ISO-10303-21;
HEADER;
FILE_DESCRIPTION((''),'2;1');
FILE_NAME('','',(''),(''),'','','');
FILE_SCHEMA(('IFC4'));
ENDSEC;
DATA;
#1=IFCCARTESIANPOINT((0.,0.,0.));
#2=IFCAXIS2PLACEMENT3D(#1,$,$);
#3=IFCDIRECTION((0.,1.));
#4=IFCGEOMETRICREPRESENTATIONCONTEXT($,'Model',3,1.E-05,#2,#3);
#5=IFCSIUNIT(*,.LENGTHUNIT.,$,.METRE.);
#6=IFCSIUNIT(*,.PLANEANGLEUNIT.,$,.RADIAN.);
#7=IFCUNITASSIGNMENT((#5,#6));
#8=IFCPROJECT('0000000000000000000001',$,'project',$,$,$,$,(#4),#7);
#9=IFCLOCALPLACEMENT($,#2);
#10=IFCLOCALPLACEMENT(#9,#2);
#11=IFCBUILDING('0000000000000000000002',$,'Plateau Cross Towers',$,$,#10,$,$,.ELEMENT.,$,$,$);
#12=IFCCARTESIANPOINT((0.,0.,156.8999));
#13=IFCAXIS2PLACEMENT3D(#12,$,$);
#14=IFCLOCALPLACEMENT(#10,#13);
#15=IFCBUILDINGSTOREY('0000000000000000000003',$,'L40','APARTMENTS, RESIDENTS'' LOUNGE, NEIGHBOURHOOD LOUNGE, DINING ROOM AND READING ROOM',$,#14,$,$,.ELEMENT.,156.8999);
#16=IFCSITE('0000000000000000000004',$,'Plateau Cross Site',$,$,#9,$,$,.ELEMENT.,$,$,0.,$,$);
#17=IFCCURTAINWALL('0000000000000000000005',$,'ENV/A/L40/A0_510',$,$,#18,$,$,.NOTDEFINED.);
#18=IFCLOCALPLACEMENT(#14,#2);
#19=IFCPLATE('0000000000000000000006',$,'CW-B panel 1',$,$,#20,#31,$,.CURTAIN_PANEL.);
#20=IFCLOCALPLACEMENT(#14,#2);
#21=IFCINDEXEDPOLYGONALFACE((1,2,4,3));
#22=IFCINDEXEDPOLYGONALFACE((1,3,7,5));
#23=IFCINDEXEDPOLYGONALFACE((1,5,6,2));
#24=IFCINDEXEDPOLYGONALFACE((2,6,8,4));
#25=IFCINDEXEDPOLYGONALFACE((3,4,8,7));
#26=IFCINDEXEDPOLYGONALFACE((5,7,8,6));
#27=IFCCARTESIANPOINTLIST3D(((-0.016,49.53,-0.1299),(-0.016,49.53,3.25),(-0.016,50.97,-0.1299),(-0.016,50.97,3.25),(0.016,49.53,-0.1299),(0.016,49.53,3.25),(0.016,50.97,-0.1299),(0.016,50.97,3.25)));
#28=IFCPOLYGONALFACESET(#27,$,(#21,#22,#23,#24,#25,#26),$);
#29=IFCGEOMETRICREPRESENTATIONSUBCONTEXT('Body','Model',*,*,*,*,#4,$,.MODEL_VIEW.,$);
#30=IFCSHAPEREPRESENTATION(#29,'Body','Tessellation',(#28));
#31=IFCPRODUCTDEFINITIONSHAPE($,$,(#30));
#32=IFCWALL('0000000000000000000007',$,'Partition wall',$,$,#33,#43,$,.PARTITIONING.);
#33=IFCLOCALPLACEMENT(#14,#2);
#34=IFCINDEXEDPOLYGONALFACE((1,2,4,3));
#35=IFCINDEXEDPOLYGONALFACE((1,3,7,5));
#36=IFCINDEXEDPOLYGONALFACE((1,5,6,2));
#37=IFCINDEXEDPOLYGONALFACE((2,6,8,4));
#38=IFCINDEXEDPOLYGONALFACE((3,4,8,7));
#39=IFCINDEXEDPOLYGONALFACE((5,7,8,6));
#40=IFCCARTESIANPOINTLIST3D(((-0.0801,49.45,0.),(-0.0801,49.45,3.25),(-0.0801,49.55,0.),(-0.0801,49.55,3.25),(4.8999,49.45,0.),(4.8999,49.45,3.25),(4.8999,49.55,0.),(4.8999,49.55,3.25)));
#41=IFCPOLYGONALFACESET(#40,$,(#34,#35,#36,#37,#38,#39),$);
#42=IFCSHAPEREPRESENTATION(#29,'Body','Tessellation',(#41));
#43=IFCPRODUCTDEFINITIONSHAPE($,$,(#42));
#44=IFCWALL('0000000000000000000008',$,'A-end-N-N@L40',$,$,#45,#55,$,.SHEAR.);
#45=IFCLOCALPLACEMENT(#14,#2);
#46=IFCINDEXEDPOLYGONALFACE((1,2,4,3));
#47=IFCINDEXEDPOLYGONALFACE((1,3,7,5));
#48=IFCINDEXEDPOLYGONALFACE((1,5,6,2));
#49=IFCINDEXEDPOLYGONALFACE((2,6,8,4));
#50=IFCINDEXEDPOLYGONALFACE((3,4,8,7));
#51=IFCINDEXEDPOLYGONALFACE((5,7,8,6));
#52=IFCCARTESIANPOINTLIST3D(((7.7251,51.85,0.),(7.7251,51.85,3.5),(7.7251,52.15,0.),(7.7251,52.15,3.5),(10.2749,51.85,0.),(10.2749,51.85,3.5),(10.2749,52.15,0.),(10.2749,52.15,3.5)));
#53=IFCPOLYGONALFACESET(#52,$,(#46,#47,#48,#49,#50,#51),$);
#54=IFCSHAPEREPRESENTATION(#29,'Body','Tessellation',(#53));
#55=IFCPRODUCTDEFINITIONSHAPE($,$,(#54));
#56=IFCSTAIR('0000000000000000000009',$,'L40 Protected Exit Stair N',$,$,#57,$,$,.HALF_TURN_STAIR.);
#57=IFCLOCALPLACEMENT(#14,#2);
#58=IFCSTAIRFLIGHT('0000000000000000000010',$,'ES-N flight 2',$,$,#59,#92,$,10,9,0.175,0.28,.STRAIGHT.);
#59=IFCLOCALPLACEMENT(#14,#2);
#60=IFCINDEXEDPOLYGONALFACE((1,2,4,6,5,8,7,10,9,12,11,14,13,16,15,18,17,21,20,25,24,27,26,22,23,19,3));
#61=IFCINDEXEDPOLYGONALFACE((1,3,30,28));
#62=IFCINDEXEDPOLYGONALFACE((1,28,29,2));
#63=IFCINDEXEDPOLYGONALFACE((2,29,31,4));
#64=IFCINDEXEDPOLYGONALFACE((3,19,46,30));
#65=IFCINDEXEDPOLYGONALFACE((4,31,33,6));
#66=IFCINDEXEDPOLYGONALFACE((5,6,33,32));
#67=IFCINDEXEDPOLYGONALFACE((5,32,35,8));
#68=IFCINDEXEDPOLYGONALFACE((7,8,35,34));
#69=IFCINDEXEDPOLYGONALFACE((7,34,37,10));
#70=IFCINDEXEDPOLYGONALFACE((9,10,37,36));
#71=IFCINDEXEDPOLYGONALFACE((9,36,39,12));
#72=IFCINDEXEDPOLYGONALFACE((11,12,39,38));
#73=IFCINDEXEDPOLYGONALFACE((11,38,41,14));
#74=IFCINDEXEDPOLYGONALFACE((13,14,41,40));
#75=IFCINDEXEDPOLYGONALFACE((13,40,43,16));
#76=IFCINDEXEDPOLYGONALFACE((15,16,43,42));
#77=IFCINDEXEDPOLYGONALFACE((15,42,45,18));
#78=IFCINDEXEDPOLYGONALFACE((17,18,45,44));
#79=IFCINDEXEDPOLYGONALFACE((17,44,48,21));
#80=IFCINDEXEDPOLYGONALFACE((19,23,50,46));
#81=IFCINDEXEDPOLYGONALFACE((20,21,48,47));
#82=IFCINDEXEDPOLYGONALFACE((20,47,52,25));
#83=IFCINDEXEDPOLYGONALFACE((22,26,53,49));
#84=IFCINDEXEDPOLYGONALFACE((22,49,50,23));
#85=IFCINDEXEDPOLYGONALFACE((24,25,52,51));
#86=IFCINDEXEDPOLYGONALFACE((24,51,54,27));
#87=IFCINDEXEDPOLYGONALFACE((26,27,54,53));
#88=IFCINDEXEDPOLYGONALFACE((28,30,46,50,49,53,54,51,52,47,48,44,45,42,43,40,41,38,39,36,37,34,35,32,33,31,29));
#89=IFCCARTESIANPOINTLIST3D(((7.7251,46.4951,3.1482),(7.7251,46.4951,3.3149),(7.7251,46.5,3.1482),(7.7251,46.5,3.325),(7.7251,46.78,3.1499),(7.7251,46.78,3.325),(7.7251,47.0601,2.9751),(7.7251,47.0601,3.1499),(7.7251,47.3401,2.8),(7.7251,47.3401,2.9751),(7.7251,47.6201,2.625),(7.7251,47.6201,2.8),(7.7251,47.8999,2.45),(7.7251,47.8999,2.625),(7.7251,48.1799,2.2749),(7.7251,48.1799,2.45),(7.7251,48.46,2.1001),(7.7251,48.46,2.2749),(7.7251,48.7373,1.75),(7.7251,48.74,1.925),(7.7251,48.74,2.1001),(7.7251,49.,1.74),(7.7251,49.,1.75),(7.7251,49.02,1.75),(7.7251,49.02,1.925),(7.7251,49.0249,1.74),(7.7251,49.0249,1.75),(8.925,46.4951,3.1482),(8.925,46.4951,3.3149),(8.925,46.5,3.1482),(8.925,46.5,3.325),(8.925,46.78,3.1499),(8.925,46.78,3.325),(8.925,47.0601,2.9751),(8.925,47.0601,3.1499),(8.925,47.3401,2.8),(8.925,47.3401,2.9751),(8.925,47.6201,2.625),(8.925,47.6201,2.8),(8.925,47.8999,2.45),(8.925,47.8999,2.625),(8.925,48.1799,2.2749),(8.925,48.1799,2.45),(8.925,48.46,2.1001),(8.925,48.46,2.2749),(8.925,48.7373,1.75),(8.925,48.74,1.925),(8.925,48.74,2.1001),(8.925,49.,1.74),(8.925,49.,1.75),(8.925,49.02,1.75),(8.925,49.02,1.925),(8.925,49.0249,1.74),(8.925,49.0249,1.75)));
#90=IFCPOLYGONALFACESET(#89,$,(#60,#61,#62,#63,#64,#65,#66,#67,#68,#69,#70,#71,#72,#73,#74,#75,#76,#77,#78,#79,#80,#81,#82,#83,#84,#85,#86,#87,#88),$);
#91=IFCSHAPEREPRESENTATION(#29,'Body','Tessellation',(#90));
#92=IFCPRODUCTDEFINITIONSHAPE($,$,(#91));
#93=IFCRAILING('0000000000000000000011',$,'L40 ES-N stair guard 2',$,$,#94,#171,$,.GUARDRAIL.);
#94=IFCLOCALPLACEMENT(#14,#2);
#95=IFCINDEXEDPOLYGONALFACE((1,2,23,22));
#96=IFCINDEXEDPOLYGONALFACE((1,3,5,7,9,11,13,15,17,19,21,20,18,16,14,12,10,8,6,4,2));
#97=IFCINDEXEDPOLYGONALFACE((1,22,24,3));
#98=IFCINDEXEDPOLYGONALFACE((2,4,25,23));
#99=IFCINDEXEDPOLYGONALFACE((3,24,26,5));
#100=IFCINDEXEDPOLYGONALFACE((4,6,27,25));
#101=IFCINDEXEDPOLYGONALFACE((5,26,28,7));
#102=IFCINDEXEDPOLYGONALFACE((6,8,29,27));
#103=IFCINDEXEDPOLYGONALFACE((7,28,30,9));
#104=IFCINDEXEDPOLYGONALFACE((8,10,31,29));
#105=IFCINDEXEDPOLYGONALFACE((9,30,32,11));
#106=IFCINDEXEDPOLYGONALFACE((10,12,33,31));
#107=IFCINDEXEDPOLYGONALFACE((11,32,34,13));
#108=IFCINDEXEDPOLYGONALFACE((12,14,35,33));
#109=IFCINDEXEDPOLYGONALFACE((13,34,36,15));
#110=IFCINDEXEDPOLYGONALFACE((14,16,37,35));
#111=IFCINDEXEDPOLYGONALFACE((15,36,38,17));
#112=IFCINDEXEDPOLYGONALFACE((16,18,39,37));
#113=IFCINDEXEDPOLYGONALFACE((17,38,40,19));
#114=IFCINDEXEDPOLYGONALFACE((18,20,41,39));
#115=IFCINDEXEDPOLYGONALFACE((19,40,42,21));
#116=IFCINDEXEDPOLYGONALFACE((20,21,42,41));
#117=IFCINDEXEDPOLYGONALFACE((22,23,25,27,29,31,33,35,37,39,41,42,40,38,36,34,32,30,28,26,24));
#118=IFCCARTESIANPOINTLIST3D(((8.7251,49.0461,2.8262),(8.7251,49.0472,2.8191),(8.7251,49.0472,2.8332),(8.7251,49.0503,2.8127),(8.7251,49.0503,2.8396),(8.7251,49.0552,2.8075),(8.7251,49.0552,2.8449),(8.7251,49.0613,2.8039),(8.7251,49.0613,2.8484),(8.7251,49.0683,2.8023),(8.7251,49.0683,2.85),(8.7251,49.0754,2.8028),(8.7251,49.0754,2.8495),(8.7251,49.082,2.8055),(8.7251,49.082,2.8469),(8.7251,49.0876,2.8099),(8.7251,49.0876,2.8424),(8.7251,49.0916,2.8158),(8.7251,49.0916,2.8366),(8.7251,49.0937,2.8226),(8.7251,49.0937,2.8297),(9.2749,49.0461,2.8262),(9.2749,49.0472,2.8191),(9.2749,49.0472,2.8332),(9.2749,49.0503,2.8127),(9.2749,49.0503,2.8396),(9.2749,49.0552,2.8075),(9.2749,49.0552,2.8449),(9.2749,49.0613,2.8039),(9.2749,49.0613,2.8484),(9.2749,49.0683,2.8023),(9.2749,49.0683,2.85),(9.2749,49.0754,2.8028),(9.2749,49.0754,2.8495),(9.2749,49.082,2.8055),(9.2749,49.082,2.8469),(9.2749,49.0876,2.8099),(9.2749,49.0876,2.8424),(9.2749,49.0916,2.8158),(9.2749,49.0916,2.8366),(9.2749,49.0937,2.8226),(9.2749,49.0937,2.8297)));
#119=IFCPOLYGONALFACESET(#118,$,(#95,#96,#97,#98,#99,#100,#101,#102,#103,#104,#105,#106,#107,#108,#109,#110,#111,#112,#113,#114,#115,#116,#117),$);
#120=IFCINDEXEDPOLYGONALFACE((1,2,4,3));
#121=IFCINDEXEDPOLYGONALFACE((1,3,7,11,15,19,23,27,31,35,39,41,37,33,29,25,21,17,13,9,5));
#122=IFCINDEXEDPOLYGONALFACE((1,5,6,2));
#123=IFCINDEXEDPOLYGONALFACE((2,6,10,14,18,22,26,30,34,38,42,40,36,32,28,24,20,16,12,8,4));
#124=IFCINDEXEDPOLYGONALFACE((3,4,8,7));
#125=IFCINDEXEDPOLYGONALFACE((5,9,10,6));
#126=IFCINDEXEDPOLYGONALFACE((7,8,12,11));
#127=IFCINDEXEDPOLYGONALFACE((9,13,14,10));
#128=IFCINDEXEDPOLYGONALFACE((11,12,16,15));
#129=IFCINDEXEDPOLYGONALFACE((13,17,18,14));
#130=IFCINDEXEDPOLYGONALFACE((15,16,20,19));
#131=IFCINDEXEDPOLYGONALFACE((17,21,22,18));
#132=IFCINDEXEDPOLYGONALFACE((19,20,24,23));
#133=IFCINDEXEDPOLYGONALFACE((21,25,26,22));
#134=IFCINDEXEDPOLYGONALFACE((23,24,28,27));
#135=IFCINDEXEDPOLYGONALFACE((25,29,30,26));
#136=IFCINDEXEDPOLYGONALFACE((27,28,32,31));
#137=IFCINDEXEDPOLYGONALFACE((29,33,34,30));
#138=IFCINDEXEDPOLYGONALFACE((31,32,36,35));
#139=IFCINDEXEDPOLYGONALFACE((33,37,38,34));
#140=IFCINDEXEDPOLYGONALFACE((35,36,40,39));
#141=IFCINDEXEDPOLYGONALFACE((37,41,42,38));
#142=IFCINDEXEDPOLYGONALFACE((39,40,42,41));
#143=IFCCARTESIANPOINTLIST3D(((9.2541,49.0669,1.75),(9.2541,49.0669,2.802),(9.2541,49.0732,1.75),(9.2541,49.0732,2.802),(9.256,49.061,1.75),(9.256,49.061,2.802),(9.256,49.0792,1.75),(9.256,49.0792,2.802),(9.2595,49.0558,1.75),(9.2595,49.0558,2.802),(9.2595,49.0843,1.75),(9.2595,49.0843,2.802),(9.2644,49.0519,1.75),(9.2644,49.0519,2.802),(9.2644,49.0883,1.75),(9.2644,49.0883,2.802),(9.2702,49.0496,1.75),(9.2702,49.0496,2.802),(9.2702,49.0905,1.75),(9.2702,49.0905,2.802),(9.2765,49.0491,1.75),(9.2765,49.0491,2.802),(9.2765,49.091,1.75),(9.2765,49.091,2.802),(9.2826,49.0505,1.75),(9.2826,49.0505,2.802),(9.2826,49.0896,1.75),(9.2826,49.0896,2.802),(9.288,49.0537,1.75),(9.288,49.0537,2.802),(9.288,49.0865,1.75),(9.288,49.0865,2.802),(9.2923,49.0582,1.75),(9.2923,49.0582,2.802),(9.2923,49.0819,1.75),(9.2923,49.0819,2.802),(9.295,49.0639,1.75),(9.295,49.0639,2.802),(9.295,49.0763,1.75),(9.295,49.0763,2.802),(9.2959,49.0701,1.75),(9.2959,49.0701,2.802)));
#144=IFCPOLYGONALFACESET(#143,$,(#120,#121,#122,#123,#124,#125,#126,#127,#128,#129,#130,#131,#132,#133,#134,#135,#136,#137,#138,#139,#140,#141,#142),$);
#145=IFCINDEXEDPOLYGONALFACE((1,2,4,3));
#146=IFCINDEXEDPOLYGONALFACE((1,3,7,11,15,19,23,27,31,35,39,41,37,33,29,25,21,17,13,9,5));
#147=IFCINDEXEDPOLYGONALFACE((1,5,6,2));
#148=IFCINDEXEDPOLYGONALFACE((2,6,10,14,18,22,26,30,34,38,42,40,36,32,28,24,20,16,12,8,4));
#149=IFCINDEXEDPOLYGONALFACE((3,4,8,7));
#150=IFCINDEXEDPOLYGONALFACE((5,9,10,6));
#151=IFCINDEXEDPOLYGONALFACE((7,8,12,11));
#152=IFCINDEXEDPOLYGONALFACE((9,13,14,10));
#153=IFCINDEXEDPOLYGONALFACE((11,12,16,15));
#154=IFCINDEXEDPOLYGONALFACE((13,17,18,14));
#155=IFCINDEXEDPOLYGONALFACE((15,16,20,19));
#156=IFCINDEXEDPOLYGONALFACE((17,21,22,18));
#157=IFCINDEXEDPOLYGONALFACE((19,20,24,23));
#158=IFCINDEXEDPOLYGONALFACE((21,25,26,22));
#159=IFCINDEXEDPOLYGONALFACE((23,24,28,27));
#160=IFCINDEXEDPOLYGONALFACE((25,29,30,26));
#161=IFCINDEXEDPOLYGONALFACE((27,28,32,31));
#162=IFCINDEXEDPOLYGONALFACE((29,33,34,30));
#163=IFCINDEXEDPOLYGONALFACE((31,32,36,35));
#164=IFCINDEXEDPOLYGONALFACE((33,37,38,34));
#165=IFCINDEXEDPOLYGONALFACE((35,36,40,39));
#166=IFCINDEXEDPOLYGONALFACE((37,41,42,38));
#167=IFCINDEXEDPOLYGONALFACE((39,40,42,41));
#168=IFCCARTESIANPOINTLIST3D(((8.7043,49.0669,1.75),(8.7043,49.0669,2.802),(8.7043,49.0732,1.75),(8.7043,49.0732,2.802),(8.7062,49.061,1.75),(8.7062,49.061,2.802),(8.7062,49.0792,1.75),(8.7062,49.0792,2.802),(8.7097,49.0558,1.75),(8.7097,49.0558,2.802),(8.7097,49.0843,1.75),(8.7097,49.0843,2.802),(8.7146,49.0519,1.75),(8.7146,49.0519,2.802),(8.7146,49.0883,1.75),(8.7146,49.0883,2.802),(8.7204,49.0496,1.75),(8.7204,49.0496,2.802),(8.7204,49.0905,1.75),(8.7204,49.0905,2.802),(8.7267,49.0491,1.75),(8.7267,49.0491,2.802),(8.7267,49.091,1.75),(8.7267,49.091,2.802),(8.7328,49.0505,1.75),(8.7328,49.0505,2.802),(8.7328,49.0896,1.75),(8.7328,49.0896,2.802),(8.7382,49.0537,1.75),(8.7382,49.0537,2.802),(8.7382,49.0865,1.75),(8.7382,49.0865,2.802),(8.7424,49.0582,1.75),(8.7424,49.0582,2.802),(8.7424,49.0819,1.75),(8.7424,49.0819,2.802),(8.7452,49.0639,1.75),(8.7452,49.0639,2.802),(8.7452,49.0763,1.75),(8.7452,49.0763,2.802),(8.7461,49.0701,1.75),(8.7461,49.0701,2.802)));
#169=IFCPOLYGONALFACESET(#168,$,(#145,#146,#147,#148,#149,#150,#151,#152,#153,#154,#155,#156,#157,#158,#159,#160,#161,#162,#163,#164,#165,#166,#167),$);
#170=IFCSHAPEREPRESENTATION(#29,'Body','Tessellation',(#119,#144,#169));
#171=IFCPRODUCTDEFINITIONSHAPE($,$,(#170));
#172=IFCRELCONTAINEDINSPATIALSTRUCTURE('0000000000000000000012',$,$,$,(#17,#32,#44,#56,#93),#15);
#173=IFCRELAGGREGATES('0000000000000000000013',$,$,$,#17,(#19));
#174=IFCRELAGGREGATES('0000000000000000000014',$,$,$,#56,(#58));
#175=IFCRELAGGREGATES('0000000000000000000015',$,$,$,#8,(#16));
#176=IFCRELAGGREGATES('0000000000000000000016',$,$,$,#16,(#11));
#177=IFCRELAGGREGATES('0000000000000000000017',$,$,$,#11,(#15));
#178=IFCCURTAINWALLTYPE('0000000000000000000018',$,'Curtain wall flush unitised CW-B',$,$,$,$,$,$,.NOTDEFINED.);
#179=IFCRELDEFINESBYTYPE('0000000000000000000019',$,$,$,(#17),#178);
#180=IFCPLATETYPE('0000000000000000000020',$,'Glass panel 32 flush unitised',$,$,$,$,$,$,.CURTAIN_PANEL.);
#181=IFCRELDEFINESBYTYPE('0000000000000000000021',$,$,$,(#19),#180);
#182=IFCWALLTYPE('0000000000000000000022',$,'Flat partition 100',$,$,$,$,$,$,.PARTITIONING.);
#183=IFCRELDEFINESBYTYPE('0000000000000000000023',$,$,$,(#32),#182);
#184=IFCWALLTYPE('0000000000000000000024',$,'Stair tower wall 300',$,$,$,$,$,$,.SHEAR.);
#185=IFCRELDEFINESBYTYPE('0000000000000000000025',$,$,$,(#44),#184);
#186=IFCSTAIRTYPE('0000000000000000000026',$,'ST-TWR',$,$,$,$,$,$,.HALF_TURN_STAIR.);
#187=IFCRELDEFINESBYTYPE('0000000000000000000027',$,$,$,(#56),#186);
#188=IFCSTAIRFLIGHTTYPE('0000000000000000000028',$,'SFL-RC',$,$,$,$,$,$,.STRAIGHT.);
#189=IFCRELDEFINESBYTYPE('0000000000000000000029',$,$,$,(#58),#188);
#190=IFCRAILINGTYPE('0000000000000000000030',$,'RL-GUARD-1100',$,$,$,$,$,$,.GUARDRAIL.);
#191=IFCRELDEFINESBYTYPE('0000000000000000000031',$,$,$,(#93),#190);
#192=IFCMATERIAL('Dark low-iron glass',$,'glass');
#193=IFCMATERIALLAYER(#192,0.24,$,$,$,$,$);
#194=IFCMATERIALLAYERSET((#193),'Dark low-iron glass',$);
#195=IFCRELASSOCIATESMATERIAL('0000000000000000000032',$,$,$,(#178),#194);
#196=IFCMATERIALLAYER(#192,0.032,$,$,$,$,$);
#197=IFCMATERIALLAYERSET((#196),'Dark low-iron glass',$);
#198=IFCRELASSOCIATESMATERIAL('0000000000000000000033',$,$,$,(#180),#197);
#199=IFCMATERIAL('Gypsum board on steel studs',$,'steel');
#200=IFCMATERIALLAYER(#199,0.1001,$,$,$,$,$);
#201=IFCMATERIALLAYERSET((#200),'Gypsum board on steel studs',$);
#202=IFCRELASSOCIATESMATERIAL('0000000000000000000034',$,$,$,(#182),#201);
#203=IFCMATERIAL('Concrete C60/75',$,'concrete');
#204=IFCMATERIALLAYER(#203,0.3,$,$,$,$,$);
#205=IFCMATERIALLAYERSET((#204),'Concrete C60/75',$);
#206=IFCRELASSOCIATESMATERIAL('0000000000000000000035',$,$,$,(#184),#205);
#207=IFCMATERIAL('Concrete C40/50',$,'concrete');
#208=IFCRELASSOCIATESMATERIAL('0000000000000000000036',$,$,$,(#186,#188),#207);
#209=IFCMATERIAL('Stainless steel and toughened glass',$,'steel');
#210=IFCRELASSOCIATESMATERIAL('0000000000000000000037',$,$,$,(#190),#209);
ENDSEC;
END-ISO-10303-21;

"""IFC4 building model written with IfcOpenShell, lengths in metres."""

from ifc_helpers import new_model, si_unit, direction, frame, frame_2d, origin, origin_2d, place, context, subcontext, project, spatial, polyline, rectangle, circle, outline, extrude, material, layer, layer_set, type_object, element, aggregate, save


model = new_model("IFC4")

# Units and contexts
model_context = context("Model", 3, precision=1e-05, world=origin(), true_north=direction((0.0, 1.0)))
body_context = subcontext(model_context, "Body", "Model", "MODEL_VIEW")
ifc_project = project(units=[si_unit("LENGTHUNIT", "METRE"), si_unit("PLANEANGLEUNIT", "RADIAN")], contexts=[model_context])

# Site, building, storey
site_placement = place(None, origin())
site = spatial("IfcSite", under=ifc_project, at=site_placement, Name="Plateau Cross Site", CompositionType="ELEMENT", RefElevation=0.0)
building_placement = place(site_placement, origin())
building = spatial("IfcBuilding", under=site, at=building_placement, Name="Plateau Cross Towers", CompositionType="ELEMENT")
storey_placement = place(building_placement, frame((0.0, 0.0, 156.8999)))
storey = spatial("IfcBuildingStorey", under=building, at=storey_placement, Name="L40", Description="APARTMENTS, RESIDENTS' LOUNGE, NEIGHBOURHOOD LOUNGE, DINING ROOM AND READING ROOM", CompositionType="ELEMENT", Elevation=156.8999)

# Shared definitions
ifc_material_1 = material(Name="Concrete C60/75", Category="concrete")

# Shared definitions
ifc_material_2 = material(Name="Dark low-iron glass", Category="glass")
ifc_layer_1 = layer(ifc_material_2, 0.24)
ifc_layer_set_1 = layer_set([ifc_layer_1], Name="Dark low-iron glass")
curtain_wall_type = type_object("IfcCurtainWallType", Name="Curtain wall flush unitised CW-B", PredefinedType="NOTDEFINED", material=ifc_layer_set_1)

# Curtain wall
curtain_wall_1_placement = place(storey_placement, origin())
curtain_wall_1 = element("IfcCurtainWall", 1, at=curtain_wall_1_placement, inside=storey, type_object=curtain_wall_type, Name="ENV/A/L40/A0_510", PredefinedType="NOTDEFINED")

# Plate
ifc_layer_2 = layer(ifc_material_2, 0.032)
ifc_layer_set_2 = layer_set([ifc_layer_2], Name="Dark low-iron glass")
plate_type = type_object("IfcPlateType", Name="Glass panel 32 flush unitised", PredefinedType="CURTAIN_PANEL", material=ifc_layer_set_2)
plate_1_placement = place(storey_placement, frame((0.0, 50.25, -0.1299), z_axis=(0.0, 0.0, 1.0), x_axis=(0.0, -1.0, 0.0)))
plate_1 = element("IfcPlate", 2, at=plate_1_placement, type_object=plate_type, Name="CW-B panel 1", PredefinedType="CURTAIN_PANEL", context=body_context, shape_type="SweptSolid", body=[
    extrude(rectangle(XDim=1.4399, YDim=0.032, at=origin_2d()), origin(), (0.0, 0.0, 1.0), 3.3799),
])
aggregate(curtain_wall_1, [plate_1])

# Walls
ifc_material_3 = material(Name="Gypsum board on steel studs", Category="steel")
ifc_layer_3 = layer(ifc_material_3, 0.1001)
ifc_layer_set_3 = layer_set([ifc_layer_3], Name="Gypsum board on steel studs")
wall_type_1 = type_object("IfcWallType", Name="Flat partition 100", PredefinedType="PARTITIONING", material=ifc_layer_set_3)
wall_1_placement = place(storey_placement, frame((4.8999, 49.5, 0.0), z_axis=(0.0, 0.0, 1.0), x_axis=(-1.0, 0.0, 0.0)))
element("IfcWall", 3, at=wall_1_placement, inside=storey, type_object=wall_type_1, Name="Partition wall", PredefinedType="PARTITIONING", context=body_context, shape_type="SweptSolid", body=[
    extrude(rectangle(XDim=4.98, YDim=0.1001, at=frame_2d((2.49, 0.0))), origin(), (0.0, 0.0, 1.0), 3.25),
])
ifc_layer_4 = layer(ifc_material_1, 0.3)
ifc_layer_set_4 = layer_set([ifc_layer_4], Name="Concrete C60/75")
wall_type_2 = type_object("IfcWallType", Name="Stair tower wall 300", PredefinedType="SHEAR", material=ifc_layer_set_4)
wall_2_placement = place(storey_placement, frame((7.7251, 52.0, 0.0), z_axis=(0.0, 0.0, 1.0), x_axis=(1.0, 0.0, 0.0)))
element("IfcWall", 4, at=wall_2_placement, inside=storey, type_object=wall_type_2, Name="A-end-N-N@L40", PredefinedType="SHEAR", context=body_context, shape_type="SweptSolid", body=[
    extrude(rectangle(XDim=2.5498, YDim=0.3, at=frame_2d((1.2749, 0.0))), origin(), (0.0, 0.0, 1.0), 3.5),
])

# Stair, stair flight
ifc_material_4 = material(Name="Concrete C40/50", Category="concrete")
stair_type = type_object("IfcStairType", Name="ST-TWR", PredefinedType="HALF_TURN_STAIR", material=ifc_material_4)
stair_placement = place(storey_placement, origin())
stair = element("IfcStair", 5, at=stair_placement, inside=storey, type_object=stair_type, Name="L40 Protected Exit Stair N", PredefinedType="HALF_TURN_STAIR")
stair_flight_type = type_object("IfcStairFlightType", Name="SFL-RC", PredefinedType="STRAIGHT", material=ifc_material_4)
stair_flight_placement = place(storey_placement, frame((8.325, 49.02, 1.75), z_axis=(0.0, 0.0, 1.0), x_axis=(0.0, -1.0, 0.0)))
stair_flight = element("IfcStairFlight", 6, at=stair_flight_placement, type_object=stair_flight_type, Name="ES-N flight 2", NumberOfRisers=10, NumberOfTreads=9, PredefinedType="STRAIGHT", RiserHeight=0.175, TreadLength=0.28, context=body_context, shape_type="SweptSolid", body=[
    extrude(outline(polyline([(-0.0049, -0.01), (-0.0049, 0.0), (0.0, 0.0), (0.0, 0.175), (0.28, 0.175), (0.28, 0.3501), (0.5601, 0.3501), (0.5601, 0.5249), (0.8401, 0.5249), (0.8401, 0.7), (1.1201, 0.7), (1.1201, 0.875), (1.3999, 0.875), (1.3999, 1.05), (1.6799, 1.05), (1.6799, 1.2251), (1.96, 1.2251), (1.96, 1.3999), (2.24, 1.3999), (2.24, 1.575), (2.52, 1.575), (2.5249, 1.5649), (2.5249, 1.3982), (2.52, 1.3982), (0.2827, 0.0), (0.02, 0.0), (0.02, -0.01), (-0.0049, -0.01)])), frame((0.0, 0.6001, 0.0), z_axis=(0.0, -1.0, 0.0), x_axis=(1.0, 0.0, 0.0)), (0.0, 0.0, 1.0), 1.2),
])
aggregate(stair, [stair_flight])

# Railing
ifc_material_5 = material(Name="Stainless steel and toughened glass", Category="steel")
railing_type_1 = type_object("IfcRailingType", Name="RL-GUARD-1100", PredefinedType="GUARDRAIL", material=ifc_material_5)
railing_1_placement = place(storey_placement, frame((9.2749, 49.0701, 1.75)))
element("IfcRailing", 7, at=railing_1_placement, inside=storey, type_object=railing_type_1, Name="L40 ES-N stair guard 2", PredefinedType="GUARDRAIL", context=body_context, shape_type="SweptSolid", body=[
    extrude(circle(Radius=0.0239, at=origin_2d()), frame((0.0, 0.0, 1.0762), z_axis=(-1.0, 0.0, 0.0), x_axis=(0.0, -1.0, 0.0)), (0.0, 0.0, 1.0), 0.5498),
    extrude(circle(Radius=0.021, at=origin_2d()), origin(), (0.0, 0.0, 1.0), 1.052),
    extrude(circle(Radius=0.021, at=origin_2d()), frame((-0.5498, 0.0, 0.0)), (0.0, 0.0, 1.0), 1.052),
])

save(model, "model.ifc")
